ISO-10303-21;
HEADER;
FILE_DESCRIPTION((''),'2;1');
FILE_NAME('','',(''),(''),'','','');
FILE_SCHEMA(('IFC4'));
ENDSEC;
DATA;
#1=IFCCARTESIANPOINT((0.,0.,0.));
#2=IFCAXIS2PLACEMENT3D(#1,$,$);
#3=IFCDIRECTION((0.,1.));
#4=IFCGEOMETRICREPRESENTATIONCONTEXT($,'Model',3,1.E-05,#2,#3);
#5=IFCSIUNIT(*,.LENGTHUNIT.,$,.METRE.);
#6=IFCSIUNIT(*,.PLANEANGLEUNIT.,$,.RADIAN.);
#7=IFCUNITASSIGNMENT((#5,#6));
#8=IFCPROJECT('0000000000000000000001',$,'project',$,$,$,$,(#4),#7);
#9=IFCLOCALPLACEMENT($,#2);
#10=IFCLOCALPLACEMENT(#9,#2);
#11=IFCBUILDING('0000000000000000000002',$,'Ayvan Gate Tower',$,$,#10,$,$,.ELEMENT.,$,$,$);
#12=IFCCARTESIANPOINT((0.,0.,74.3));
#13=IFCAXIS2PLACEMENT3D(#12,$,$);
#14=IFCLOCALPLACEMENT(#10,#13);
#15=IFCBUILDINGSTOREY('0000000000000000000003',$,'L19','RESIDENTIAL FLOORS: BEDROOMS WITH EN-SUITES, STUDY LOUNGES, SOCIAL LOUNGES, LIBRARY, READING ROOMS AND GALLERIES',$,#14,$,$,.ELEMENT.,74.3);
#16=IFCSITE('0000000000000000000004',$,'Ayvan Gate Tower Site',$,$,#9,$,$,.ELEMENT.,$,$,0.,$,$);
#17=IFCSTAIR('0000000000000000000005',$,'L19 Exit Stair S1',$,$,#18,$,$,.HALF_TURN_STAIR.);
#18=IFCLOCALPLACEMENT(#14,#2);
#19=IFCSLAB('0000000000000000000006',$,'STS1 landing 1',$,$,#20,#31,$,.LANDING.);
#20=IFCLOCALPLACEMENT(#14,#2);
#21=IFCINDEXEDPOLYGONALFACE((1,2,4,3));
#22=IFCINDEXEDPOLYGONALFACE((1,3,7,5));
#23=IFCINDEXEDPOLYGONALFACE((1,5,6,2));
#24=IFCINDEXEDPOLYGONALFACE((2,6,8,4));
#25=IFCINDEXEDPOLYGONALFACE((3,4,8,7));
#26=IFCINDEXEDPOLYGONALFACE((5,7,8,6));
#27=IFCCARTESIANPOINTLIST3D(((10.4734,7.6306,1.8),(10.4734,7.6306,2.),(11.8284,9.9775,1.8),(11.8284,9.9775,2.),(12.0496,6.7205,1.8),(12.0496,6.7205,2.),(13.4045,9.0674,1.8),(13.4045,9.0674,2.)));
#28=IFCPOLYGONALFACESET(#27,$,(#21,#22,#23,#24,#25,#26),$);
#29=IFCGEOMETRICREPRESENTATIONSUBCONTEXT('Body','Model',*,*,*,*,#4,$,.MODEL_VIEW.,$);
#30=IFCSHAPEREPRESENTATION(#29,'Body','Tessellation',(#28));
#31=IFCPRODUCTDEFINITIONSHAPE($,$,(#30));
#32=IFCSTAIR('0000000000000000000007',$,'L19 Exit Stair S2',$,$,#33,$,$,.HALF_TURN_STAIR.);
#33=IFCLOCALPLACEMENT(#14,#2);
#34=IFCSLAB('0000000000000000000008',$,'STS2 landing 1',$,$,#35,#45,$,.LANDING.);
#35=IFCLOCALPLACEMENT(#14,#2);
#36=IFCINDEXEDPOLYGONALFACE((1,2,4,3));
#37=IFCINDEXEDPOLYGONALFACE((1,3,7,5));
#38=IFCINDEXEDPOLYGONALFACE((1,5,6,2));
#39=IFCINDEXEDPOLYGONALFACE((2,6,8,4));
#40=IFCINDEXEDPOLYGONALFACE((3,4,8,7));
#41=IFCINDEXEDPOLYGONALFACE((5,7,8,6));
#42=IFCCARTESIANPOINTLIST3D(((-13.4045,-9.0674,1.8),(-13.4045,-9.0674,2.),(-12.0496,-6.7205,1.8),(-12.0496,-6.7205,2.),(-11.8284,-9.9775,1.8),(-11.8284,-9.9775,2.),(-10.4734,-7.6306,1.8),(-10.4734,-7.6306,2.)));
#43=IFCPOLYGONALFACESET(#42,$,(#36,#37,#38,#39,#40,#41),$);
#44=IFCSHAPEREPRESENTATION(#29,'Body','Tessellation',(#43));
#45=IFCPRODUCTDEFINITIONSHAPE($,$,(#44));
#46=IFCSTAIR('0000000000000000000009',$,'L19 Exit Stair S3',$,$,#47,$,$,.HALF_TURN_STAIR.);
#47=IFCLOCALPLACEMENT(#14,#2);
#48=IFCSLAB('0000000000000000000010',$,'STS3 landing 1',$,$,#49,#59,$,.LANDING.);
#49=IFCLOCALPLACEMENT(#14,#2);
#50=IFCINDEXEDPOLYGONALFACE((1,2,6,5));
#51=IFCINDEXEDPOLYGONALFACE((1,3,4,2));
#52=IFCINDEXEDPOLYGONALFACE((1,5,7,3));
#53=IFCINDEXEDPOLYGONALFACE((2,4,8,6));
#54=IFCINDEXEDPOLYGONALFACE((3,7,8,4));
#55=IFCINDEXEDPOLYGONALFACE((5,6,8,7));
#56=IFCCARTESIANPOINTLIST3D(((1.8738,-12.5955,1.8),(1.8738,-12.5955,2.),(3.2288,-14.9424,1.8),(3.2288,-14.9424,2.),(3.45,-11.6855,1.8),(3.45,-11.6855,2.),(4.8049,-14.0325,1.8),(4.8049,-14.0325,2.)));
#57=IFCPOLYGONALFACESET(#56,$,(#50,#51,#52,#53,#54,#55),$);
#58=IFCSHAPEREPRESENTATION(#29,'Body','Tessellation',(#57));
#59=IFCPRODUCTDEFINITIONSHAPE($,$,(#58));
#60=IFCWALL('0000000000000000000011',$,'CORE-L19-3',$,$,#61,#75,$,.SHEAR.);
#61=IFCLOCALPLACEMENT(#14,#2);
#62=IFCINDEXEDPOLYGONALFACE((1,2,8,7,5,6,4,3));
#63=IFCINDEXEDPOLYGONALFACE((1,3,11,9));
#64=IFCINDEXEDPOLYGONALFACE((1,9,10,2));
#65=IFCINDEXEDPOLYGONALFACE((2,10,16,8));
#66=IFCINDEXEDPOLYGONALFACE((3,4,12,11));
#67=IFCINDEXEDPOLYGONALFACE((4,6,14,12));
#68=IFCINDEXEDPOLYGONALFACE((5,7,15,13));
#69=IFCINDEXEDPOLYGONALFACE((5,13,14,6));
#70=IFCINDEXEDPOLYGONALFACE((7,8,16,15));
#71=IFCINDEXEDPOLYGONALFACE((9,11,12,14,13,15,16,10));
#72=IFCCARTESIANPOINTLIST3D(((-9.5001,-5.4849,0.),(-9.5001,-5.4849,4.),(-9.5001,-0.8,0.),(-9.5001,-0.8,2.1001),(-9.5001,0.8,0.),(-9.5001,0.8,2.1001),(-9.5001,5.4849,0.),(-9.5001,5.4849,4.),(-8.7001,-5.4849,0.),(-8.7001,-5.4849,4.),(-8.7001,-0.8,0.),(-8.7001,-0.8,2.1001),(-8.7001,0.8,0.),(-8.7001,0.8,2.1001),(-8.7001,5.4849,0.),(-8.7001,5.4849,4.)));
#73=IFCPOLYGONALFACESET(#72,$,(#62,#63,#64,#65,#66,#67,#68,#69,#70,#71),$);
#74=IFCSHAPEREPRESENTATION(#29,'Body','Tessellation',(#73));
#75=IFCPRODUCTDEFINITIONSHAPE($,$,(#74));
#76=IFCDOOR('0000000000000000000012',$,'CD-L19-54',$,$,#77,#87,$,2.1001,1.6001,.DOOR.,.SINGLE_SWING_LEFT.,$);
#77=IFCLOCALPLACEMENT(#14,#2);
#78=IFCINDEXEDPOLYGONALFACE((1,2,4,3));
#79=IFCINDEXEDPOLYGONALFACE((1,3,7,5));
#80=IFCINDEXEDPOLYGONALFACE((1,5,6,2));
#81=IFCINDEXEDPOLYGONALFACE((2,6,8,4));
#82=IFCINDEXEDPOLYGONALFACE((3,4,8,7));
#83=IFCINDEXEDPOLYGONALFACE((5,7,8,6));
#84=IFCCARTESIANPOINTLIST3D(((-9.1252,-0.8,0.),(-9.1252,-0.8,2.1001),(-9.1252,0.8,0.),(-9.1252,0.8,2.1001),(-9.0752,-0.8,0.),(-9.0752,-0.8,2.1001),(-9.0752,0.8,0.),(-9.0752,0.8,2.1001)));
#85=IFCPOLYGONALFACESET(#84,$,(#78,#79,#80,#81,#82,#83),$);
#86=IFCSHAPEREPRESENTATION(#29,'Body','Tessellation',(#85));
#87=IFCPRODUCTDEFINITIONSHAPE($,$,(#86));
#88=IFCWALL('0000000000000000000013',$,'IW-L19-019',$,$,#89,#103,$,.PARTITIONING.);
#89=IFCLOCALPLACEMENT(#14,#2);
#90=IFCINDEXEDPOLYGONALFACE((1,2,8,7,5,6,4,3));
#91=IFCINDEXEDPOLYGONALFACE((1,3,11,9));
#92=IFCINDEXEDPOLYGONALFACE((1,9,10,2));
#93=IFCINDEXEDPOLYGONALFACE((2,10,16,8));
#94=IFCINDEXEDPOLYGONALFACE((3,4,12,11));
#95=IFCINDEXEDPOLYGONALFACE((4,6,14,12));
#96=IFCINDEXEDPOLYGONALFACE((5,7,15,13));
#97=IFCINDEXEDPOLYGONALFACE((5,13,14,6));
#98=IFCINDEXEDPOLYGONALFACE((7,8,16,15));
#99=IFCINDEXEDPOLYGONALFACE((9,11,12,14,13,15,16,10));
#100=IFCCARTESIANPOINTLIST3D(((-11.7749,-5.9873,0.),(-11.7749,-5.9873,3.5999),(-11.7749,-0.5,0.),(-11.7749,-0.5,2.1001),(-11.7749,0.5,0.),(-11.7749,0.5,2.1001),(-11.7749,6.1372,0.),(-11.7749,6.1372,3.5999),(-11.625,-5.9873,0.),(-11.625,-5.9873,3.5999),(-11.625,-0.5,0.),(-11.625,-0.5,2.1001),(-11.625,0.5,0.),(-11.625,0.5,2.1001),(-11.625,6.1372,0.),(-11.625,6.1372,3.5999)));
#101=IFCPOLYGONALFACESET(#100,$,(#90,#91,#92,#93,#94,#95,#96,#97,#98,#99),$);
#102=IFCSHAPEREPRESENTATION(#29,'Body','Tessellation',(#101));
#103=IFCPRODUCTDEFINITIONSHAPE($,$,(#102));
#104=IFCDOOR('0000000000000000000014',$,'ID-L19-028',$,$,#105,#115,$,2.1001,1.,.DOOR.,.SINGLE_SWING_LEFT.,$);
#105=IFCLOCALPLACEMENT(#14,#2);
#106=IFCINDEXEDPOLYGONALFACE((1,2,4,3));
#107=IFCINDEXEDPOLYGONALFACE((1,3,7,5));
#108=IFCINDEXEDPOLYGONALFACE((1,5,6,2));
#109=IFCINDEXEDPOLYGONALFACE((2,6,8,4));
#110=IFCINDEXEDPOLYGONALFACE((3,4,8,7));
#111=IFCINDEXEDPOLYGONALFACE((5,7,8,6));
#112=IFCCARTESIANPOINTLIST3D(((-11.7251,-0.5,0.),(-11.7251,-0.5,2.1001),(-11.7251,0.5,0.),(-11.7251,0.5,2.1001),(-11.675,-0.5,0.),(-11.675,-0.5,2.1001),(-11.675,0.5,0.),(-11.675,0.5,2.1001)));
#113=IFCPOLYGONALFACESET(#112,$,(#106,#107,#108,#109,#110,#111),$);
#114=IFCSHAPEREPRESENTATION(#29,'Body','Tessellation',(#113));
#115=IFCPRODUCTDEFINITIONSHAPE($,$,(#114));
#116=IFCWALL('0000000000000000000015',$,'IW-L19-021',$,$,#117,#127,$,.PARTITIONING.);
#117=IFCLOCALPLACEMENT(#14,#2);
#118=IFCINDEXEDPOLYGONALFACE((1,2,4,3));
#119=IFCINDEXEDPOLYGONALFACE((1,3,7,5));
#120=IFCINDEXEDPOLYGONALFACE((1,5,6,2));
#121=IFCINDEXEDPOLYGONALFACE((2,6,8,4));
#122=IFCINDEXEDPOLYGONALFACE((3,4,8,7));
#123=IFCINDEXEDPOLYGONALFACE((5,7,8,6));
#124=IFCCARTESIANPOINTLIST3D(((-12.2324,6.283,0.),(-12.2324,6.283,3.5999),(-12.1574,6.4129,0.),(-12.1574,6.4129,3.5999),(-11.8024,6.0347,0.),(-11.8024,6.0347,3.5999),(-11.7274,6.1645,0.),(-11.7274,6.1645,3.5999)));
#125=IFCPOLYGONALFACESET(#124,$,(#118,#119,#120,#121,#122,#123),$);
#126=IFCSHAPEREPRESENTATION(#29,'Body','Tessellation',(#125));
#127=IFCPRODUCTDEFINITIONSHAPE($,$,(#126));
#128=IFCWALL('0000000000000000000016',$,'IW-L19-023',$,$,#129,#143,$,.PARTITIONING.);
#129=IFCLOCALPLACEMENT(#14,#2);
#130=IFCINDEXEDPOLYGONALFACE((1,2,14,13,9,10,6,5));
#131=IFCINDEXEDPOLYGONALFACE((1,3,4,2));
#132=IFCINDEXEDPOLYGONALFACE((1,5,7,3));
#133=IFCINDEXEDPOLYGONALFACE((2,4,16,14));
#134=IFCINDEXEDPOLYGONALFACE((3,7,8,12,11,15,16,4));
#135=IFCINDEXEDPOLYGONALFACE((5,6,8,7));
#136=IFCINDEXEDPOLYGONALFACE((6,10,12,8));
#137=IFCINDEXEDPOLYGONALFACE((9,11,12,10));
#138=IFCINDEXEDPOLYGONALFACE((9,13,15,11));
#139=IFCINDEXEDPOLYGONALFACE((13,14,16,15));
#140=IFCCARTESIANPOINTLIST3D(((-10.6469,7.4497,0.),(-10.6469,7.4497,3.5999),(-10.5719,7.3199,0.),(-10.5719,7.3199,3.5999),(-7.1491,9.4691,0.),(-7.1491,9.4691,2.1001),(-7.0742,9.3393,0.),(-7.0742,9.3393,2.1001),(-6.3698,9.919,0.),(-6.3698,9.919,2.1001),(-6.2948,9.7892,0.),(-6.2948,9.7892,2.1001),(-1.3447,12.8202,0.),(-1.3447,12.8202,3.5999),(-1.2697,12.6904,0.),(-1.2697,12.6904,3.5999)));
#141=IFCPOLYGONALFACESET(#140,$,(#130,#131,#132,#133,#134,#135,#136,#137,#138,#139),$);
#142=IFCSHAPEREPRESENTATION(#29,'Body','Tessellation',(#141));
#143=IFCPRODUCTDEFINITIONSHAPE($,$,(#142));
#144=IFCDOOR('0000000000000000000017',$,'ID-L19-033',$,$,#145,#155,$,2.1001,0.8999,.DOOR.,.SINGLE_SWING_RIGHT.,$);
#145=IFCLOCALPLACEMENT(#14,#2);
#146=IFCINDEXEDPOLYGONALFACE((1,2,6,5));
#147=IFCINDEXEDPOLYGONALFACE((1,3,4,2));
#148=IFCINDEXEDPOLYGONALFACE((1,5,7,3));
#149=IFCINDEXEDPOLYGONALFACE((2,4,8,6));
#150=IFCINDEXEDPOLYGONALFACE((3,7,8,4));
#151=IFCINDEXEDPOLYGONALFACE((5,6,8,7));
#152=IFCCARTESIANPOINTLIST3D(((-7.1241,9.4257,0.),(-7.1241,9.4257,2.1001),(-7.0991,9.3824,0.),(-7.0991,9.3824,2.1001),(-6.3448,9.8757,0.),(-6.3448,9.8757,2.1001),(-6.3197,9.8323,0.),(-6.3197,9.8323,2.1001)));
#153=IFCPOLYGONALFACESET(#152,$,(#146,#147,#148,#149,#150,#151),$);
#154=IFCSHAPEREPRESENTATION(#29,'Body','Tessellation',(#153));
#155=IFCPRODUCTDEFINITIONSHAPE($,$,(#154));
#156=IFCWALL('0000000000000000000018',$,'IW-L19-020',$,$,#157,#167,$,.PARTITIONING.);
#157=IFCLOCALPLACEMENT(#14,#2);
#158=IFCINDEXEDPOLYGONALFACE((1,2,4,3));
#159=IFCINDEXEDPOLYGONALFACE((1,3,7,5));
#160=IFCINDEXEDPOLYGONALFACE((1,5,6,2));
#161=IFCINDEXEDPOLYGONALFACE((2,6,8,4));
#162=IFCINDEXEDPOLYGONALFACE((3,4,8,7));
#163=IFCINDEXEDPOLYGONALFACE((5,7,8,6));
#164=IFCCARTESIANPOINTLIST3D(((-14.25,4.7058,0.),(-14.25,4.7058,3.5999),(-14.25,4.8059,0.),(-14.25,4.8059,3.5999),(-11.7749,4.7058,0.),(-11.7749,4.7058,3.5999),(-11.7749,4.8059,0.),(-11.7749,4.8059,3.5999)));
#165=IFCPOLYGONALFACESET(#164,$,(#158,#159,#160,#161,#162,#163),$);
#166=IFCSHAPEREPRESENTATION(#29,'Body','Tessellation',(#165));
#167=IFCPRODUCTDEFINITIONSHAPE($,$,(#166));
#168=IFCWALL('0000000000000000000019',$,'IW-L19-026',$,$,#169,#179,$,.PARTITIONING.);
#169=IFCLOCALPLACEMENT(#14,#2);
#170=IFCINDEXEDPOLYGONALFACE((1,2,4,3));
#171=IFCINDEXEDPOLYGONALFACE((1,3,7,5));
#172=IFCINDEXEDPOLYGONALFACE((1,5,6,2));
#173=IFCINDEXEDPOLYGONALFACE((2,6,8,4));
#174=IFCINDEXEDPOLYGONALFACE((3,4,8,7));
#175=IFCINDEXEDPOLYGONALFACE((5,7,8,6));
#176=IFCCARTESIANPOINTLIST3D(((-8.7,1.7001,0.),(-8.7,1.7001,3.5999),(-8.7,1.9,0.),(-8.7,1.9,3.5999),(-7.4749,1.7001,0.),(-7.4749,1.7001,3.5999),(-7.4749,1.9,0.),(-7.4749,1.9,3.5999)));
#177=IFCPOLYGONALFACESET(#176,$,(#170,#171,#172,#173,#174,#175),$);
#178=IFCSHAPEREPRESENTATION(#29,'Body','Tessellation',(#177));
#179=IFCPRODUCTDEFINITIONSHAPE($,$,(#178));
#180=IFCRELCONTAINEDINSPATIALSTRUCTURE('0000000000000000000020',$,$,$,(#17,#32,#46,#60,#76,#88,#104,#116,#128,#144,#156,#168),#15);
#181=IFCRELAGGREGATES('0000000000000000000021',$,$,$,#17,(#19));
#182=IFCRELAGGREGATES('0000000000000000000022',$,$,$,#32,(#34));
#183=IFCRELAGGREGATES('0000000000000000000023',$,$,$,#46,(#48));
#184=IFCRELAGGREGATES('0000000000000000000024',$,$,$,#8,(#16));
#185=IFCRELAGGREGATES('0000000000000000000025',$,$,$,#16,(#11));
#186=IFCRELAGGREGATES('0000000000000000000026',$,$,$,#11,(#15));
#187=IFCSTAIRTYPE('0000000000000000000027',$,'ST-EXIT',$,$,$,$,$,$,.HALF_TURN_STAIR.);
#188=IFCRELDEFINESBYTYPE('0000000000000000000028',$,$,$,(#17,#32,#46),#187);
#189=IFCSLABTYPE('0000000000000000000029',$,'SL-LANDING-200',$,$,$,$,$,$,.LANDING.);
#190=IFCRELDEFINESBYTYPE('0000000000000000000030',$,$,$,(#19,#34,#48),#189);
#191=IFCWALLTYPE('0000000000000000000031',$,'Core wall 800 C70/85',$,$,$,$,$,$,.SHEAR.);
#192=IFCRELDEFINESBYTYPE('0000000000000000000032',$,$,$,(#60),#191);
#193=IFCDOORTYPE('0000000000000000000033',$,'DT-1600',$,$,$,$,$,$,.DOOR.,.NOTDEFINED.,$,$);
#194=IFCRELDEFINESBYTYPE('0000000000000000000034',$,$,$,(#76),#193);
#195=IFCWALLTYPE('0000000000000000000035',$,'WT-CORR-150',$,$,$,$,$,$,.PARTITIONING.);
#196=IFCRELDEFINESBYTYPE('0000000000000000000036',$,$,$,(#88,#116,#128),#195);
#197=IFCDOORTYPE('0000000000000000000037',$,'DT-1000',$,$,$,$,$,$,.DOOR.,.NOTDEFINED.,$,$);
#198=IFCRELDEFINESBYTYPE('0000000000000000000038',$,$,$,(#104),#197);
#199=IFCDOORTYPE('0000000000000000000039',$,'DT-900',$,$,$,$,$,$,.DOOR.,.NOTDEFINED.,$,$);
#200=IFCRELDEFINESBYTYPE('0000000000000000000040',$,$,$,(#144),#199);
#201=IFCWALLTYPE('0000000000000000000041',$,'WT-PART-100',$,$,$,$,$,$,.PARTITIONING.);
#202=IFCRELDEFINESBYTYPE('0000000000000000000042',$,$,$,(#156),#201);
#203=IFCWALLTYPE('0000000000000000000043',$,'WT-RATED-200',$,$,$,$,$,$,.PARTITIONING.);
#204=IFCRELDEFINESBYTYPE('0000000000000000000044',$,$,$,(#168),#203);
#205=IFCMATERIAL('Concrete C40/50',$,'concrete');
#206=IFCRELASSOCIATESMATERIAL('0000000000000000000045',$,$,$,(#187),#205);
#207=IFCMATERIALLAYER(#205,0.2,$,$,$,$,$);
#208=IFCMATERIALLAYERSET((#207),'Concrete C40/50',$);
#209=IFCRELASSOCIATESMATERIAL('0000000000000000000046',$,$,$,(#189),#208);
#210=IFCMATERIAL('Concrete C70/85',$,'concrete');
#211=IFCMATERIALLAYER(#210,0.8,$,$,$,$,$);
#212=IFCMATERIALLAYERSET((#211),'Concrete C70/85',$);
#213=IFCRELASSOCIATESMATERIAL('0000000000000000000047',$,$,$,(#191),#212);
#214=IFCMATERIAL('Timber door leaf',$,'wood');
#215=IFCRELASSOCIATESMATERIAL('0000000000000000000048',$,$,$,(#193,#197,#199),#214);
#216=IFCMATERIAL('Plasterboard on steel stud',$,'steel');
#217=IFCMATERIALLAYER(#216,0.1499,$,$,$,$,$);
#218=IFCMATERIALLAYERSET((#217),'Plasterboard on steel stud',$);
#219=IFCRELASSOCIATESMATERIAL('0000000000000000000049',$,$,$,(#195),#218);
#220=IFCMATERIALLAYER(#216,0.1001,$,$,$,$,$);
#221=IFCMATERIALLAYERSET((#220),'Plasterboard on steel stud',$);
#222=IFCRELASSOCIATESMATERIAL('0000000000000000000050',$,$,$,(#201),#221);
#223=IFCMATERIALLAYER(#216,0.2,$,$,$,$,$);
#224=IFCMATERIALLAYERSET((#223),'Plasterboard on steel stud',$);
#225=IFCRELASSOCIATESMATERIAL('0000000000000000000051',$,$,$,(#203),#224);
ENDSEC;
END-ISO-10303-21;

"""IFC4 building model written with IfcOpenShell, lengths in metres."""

from ifc_helpers import new_model, si_unit, direction, frame, frame_2d, origin, place, context, subcontext, project, spatial, polyline, rectangle, outline, extrude, material, layer, layer_set, type_object, element, fill, aggregate, save


model = new_model("IFC4")

# Units and contexts
model_context = context("Model", 3, precision=1e-05, world=origin(), true_north=direction((0.0, 1.0)))
body_context = subcontext(model_context, "Body", "Model", "MODEL_VIEW")
ifc_project = project(units=[si_unit("LENGTHUNIT", "METRE"), si_unit("PLANEANGLEUNIT", "RADIAN")], contexts=[model_context])

# Site, building, storey
site_placement = place(None, origin())
site = spatial("IfcSite", under=ifc_project, at=site_placement, Name="Ayvan Gate Tower Site", CompositionType="ELEMENT", RefElevation=0.0)
building_placement = place(site_placement, origin())
building = spatial("IfcBuilding", under=site, at=building_placement, Name="Ayvan Gate Tower", CompositionType="ELEMENT")
storey_placement = place(building_placement, frame((0.0, 0.0, 74.3)))
storey = spatial("IfcBuildingStorey", under=building, at=storey_placement, Name="L19", Description="RESIDENTIAL FLOORS: BEDROOMS WITH EN-SUITES, STUDY LOUNGES, SOCIAL LOUNGES, LIBRARY, READING ROOMS AND GALLERIES", CompositionType="ELEMENT", Elevation=74.3)

# Stairs, slabs
ifc_material_1 = material(Name="Concrete C40/50", Category="concrete")
stair_type = type_object("IfcStairType", Name="ST-EXIT", PredefinedType="HALF_TURN_STAIR", material=ifc_material_1)
stair_1_placement = place(storey_placement, origin())
stair_1 = element("IfcStair", 1, at=stair_1_placement, inside=storey, type_object=stair_type, Name="L19 Exit Stair S1", PredefinedType="HALF_TURN_STAIR")
ifc_layer_1 = layer(ifc_material_1, 0.2)
ifc_layer_set_1 = layer_set([ifc_layer_1], Name="Concrete C40/50")
slab_type = type_object("IfcSlabType", Name="SL-LANDING-200", PredefinedType="LANDING", material=ifc_layer_set_1)
slab_1_placement = place(storey_placement, frame((0.0, 0.0, 1.8)))
slab_1 = element("IfcSlab", 2, at=slab_1_placement, type_object=slab_type, Name="STS1 landing 1", PredefinedType="LANDING", context=body_context, shape_type="SweptSolid", body=[
    extrude(outline(polyline([(10.4734, 7.6306), (12.0496, 6.7205), (13.4045, 9.0674), (11.8284, 9.9775), (10.4734, 7.6306)])), origin(), (0.0, 0.0, 1.0), 0.2),
])
aggregate(stair_1, [slab_1])
stair_2_placement = place(storey_placement, origin())
stair_2 = element("IfcStair", 3, at=stair_2_placement, inside=storey, type_object=stair_type, Name="L19 Exit Stair S2", PredefinedType="HALF_TURN_STAIR")
slab_2_placement = place(storey_placement, frame((0.0, 0.0, 1.8)))
slab_2 = element("IfcSlab", 4, at=slab_2_placement, type_object=slab_type, Name="STS2 landing 1", PredefinedType="LANDING", context=body_context, shape_type="SweptSolid", body=[
    extrude(outline(polyline([(-10.4734, -7.6306), (-12.0496, -6.7205), (-13.4045, -9.0674), (-11.8284, -9.9775), (-10.4734, -7.6306)])), origin(), (0.0, 0.0, 1.0), 0.2),
])
aggregate(stair_2, [slab_2])
stair_3_placement = place(storey_placement, origin())
stair_3 = element("IfcStair", 5, at=stair_3_placement, inside=storey, type_object=stair_type, Name="L19 Exit Stair S3", PredefinedType="HALF_TURN_STAIR")
slab_3_placement = place(storey_placement, frame((0.0, 0.0, 1.8)))
slab_3 = element("IfcSlab", 6, at=slab_3_placement, type_object=slab_type, Name="STS3 landing 1", PredefinedType="LANDING", context=body_context, shape_type="SweptSolid", body=[
    extrude(outline(polyline([(3.45, -11.6855), (1.8738, -12.5955), (3.2288, -14.9424), (4.8049, -14.0325), (3.45, -11.6855)])), origin(), (0.0, 0.0, 1.0), 0.2),
])
aggregate(stair_3, [slab_3])

# Walls, openings, doors
ifc_material_2 = material(Name="Concrete C70/85", Category="concrete")
ifc_layer_2 = layer(ifc_material_2, 0.8)
ifc_layer_set_2 = layer_set([ifc_layer_2], Name="Concrete C70/85")
wall_type_1 = type_object("IfcWallType", Name="Core wall 800 C70/85", PredefinedType="SHEAR", material=ifc_layer_set_2)
wall_1_placement = place(storey_placement, frame((-9.1001, 5.4849, 0.0), z_axis=(0.0, 0.0, 1.0), x_axis=(0.0, -1.0, 0.0)))
wall_1 = element("IfcWall", 7, at=wall_1_placement, inside=storey, type_object=wall_type_1, Name="CORE-L19-3", PredefinedType="SHEAR", context=body_context, shape_type="SweptSolid", body=[
    extrude(rectangle(XDim=10.9697, YDim=0.8, at=frame_2d((5.4849, 0.0))), origin(), (0.0, 0.0, 1.0), 4.0),
])
opening_1_placement = place(wall_1_placement, frame((4.6848, 0.0, 0.0)))
opening_1 = element("IfcOpeningElement", 8, at=opening_1_placement, cuts=wall_1, PredefinedType="OPENING", context=body_context, shape_type="SweptSolid", body=[
    extrude(rectangle(XDim=1.6001, YDim=2.1001, at=frame_2d((0.8, 1.05))), frame((0.0, 0.4099, 0.0), z_axis=(0.0, -1.0, 0.0), x_axis=(1.0, 0.0, 0.0)), (0.0, 0.0, 1.0), 0.8201),
])
ifc_material_3 = material(Name="Timber door leaf", Category="wood")
door_type_1 = type_object("IfcDoorType", Name="DT-1600", OperationType="NOTDEFINED", PredefinedType="DOOR", material=ifc_material_3)
door_1_placement = place(opening_1_placement, origin())
door_1 = element("IfcDoor", 9, at=door_1_placement, inside=storey, type_object=door_type_1, Name="CD-L19-54", OperationType="SINGLE_SWING_LEFT", OverallHeight=2.1001, OverallWidth=1.6001, PredefinedType="DOOR", context=body_context, shape_type="SweptSolid", body=[
    extrude(rectangle(XDim=1.6001, YDim=2.1001, at=frame_2d((0.8, 1.05))), frame((0.0, 0.0249, 0.0), z_axis=(0.0, -1.0, 0.0), x_axis=(1.0, 0.0, 0.0)), (0.0, 0.0, 1.0), 0.05),
])
fill(opening_1, door_1)
ifc_material_4 = material(Name="Plasterboard on steel stud", Category="steel")
ifc_layer_3 = layer(ifc_material_4, 0.1499)
ifc_layer_set_3 = layer_set([ifc_layer_3], Name="Plasterboard on steel stud")
wall_type_2 = type_object("IfcWallType", Name="WT-CORR-150", PredefinedType="PARTITIONING", material=ifc_layer_set_3)
wall_2_placement = place(storey_placement, frame((-11.7, 6.1372, 0.0), z_axis=(0.0, 0.0, 1.0), x_axis=(0.0, -1.0, 0.0)))
wall_2 = element("IfcWall", 10, at=wall_2_placement, inside=storey, type_object=wall_type_2, Name="IW-L19-019", PredefinedType="PARTITIONING", context=body_context, shape_type="SweptSolid", body=[
    extrude(rectangle(XDim=12.1245, YDim=0.1499, at=frame_2d((6.0623, 0.0))), origin(), (0.0, 0.0, 1.0), 3.5999),
])
opening_2_placement = place(wall_2_placement, frame((5.6372, 0.0, 0.0)))
opening_2 = element("IfcOpeningElement", 11, at=opening_2_placement, cuts=wall_2, PredefinedType="OPENING", context=body_context, shape_type="SweptSolid", body=[
    extrude(rectangle(XDim=1.0, YDim=2.1001, at=frame_2d((0.5, 1.05))), frame((0.0, 0.085, 0.0), z_axis=(0.0, -1.0, 0.0), x_axis=(1.0, 0.0, 0.0)), (0.0, 0.0, 1.0), 0.1699),
])
door_type_2 = type_object("IfcDoorType", Name="DT-1000", OperationType="NOTDEFINED", PredefinedType="DOOR", material=ifc_material_3)
door_2_placement = place(opening_2_placement, origin())
door_2 = element("IfcDoor", 12, at=door_2_placement, inside=storey, type_object=door_type_2, Name="ID-L19-028", OperationType="SINGLE_SWING_LEFT", OverallHeight=2.1001, OverallWidth=1.0, PredefinedType="DOOR", context=body_context, shape_type="SweptSolid", body=[
    extrude(rectangle(XDim=1.0, YDim=2.1001, at=frame_2d((0.5, 1.05))), frame((0.0, 0.0249, 0.0), z_axis=(0.0, -1.0, 0.0), x_axis=(1.0, 0.0, 0.0)), (0.0, 0.0, 1.0), 0.05),
])
fill(opening_2, door_2)

# Wall
wall_3_placement = place(storey_placement, frame((-11.7649, 6.0996, 0.0), z_axis=(0.0, 0.0, 1.0), x_axis=(-0.865964, 0.500106, 0.0)))
element("IfcWall", 13, at=wall_3_placement, inside=storey, type_object=wall_type_2, Name="IW-L19-021", PredefinedType="PARTITIONING", context=body_context, shape_type="SweptSolid", body=[
    extrude(rectangle(XDim=0.4966, YDim=0.1499, at=frame_2d((0.2483, 0.0))), origin(), (0.0, 0.0, 1.0), 3.5999),
])

# Wall, opening, door
wall_4_placement = place(storey_placement, frame((-10.6094, 7.3848, 0.0), z_axis=(0.0, 0.0, 1.0), x_axis=(0.866027, 0.499997, 0.0)))
wall_4 = element("IfcWall", 14, at=wall_4_placement, inside=storey, type_object=wall_type_2, Name="IW-L19-023", PredefinedType="PARTITIONING", context=body_context, shape_type="SweptSolid", body=[
    extrude(rectangle(XDim=10.7412, YDim=0.1499, at=frame_2d((5.3706, 0.0))), origin(), (0.0, 0.0, 1.0), 3.5999),
])
opening_3_placement = place(wall_4_placement, frame((4.0388, 0.0, 0.0)))
opening_3 = element("IfcOpeningElement", 15, at=opening_3_placement, cuts=wall_4, PredefinedType="OPENING", context=body_context, shape_type="SweptSolid", body=[
    extrude(rectangle(XDim=0.8999, YDim=2.1001, at=frame_2d((0.45, 1.05))), frame((0.0, 0.085, 0.0), z_axis=(0.0, -1.0, 0.0), x_axis=(1.0, 0.0, 0.0)), (0.0, 0.0, 1.0), 0.1699),
])
door_type_3 = type_object("IfcDoorType", Name="DT-900", OperationType="NOTDEFINED", PredefinedType="DOOR", material=ifc_material_3)
door_3_placement = place(opening_3_placement, origin())
door_3 = element("IfcDoor", 16, at=door_3_placement, inside=storey, type_object=door_type_3, Name="ID-L19-033", OperationType="SINGLE_SWING_RIGHT", OverallHeight=2.1001, OverallWidth=0.8999, PredefinedType="DOOR", context=body_context, shape_type="SweptSolid", body=[
    extrude(rectangle(XDim=0.8999, YDim=2.1001, at=frame_2d((0.45, 1.05))), frame((0.0, 0.0249, 0.0), z_axis=(0.0, -1.0, 0.0), x_axis=(1.0, 0.0, 0.0)), (0.0, 0.0, 1.0), 0.05),
])
fill(opening_3, door_3)

# Walls
ifc_layer_4 = layer(ifc_material_4, 0.1001)
ifc_layer_set_4 = layer_set([ifc_layer_4], Name="Plasterboard on steel stud")
wall_type_3 = type_object("IfcWallType", Name="WT-PART-100", PredefinedType="PARTITIONING", material=ifc_layer_set_4)
wall_5_placement = place(storey_placement, frame((-11.7749, 4.7559, 0.0), z_axis=(0.0, 0.0, 1.0), x_axis=(-1.0, 0.0, 0.0)))
element("IfcWall", 17, at=wall_5_placement, inside=storey, type_object=wall_type_3, Name="IW-L19-020", PredefinedType="PARTITIONING", context=body_context, shape_type="SweptSolid", body=[
    extrude(rectangle(XDim=2.4751, YDim=0.1001, at=frame_2d((1.2375, 0.0))), origin(), (0.0, 0.0, 1.0), 3.5999),
])
ifc_layer_5 = layer(ifc_material_4, 0.2)
ifc_layer_set_5 = layer_set([ifc_layer_5], Name="Plasterboard on steel stud")
wall_type_4 = type_object("IfcWallType", Name="WT-RATED-200", PredefinedType="PARTITIONING", material=ifc_layer_set_5)
wall_6_placement = place(storey_placement, frame((-8.7, 1.8, 0.0), z_axis=(0.0, 0.0, 1.0), x_axis=(1.0, 0.0, 0.0)))
element("IfcWall", 18, at=wall_6_placement, inside=storey, type_object=wall_type_4, Name="IW-L19-026", PredefinedType="PARTITIONING", context=body_context, shape_type="SweptSolid", body=[
    extrude(rectangle(XDim=1.2251, YDim=0.2, at=frame_2d((0.6125, 0.0))), origin(), (0.0, 0.0, 1.0), 3.5999),
])

save(model, "model.ifc")
